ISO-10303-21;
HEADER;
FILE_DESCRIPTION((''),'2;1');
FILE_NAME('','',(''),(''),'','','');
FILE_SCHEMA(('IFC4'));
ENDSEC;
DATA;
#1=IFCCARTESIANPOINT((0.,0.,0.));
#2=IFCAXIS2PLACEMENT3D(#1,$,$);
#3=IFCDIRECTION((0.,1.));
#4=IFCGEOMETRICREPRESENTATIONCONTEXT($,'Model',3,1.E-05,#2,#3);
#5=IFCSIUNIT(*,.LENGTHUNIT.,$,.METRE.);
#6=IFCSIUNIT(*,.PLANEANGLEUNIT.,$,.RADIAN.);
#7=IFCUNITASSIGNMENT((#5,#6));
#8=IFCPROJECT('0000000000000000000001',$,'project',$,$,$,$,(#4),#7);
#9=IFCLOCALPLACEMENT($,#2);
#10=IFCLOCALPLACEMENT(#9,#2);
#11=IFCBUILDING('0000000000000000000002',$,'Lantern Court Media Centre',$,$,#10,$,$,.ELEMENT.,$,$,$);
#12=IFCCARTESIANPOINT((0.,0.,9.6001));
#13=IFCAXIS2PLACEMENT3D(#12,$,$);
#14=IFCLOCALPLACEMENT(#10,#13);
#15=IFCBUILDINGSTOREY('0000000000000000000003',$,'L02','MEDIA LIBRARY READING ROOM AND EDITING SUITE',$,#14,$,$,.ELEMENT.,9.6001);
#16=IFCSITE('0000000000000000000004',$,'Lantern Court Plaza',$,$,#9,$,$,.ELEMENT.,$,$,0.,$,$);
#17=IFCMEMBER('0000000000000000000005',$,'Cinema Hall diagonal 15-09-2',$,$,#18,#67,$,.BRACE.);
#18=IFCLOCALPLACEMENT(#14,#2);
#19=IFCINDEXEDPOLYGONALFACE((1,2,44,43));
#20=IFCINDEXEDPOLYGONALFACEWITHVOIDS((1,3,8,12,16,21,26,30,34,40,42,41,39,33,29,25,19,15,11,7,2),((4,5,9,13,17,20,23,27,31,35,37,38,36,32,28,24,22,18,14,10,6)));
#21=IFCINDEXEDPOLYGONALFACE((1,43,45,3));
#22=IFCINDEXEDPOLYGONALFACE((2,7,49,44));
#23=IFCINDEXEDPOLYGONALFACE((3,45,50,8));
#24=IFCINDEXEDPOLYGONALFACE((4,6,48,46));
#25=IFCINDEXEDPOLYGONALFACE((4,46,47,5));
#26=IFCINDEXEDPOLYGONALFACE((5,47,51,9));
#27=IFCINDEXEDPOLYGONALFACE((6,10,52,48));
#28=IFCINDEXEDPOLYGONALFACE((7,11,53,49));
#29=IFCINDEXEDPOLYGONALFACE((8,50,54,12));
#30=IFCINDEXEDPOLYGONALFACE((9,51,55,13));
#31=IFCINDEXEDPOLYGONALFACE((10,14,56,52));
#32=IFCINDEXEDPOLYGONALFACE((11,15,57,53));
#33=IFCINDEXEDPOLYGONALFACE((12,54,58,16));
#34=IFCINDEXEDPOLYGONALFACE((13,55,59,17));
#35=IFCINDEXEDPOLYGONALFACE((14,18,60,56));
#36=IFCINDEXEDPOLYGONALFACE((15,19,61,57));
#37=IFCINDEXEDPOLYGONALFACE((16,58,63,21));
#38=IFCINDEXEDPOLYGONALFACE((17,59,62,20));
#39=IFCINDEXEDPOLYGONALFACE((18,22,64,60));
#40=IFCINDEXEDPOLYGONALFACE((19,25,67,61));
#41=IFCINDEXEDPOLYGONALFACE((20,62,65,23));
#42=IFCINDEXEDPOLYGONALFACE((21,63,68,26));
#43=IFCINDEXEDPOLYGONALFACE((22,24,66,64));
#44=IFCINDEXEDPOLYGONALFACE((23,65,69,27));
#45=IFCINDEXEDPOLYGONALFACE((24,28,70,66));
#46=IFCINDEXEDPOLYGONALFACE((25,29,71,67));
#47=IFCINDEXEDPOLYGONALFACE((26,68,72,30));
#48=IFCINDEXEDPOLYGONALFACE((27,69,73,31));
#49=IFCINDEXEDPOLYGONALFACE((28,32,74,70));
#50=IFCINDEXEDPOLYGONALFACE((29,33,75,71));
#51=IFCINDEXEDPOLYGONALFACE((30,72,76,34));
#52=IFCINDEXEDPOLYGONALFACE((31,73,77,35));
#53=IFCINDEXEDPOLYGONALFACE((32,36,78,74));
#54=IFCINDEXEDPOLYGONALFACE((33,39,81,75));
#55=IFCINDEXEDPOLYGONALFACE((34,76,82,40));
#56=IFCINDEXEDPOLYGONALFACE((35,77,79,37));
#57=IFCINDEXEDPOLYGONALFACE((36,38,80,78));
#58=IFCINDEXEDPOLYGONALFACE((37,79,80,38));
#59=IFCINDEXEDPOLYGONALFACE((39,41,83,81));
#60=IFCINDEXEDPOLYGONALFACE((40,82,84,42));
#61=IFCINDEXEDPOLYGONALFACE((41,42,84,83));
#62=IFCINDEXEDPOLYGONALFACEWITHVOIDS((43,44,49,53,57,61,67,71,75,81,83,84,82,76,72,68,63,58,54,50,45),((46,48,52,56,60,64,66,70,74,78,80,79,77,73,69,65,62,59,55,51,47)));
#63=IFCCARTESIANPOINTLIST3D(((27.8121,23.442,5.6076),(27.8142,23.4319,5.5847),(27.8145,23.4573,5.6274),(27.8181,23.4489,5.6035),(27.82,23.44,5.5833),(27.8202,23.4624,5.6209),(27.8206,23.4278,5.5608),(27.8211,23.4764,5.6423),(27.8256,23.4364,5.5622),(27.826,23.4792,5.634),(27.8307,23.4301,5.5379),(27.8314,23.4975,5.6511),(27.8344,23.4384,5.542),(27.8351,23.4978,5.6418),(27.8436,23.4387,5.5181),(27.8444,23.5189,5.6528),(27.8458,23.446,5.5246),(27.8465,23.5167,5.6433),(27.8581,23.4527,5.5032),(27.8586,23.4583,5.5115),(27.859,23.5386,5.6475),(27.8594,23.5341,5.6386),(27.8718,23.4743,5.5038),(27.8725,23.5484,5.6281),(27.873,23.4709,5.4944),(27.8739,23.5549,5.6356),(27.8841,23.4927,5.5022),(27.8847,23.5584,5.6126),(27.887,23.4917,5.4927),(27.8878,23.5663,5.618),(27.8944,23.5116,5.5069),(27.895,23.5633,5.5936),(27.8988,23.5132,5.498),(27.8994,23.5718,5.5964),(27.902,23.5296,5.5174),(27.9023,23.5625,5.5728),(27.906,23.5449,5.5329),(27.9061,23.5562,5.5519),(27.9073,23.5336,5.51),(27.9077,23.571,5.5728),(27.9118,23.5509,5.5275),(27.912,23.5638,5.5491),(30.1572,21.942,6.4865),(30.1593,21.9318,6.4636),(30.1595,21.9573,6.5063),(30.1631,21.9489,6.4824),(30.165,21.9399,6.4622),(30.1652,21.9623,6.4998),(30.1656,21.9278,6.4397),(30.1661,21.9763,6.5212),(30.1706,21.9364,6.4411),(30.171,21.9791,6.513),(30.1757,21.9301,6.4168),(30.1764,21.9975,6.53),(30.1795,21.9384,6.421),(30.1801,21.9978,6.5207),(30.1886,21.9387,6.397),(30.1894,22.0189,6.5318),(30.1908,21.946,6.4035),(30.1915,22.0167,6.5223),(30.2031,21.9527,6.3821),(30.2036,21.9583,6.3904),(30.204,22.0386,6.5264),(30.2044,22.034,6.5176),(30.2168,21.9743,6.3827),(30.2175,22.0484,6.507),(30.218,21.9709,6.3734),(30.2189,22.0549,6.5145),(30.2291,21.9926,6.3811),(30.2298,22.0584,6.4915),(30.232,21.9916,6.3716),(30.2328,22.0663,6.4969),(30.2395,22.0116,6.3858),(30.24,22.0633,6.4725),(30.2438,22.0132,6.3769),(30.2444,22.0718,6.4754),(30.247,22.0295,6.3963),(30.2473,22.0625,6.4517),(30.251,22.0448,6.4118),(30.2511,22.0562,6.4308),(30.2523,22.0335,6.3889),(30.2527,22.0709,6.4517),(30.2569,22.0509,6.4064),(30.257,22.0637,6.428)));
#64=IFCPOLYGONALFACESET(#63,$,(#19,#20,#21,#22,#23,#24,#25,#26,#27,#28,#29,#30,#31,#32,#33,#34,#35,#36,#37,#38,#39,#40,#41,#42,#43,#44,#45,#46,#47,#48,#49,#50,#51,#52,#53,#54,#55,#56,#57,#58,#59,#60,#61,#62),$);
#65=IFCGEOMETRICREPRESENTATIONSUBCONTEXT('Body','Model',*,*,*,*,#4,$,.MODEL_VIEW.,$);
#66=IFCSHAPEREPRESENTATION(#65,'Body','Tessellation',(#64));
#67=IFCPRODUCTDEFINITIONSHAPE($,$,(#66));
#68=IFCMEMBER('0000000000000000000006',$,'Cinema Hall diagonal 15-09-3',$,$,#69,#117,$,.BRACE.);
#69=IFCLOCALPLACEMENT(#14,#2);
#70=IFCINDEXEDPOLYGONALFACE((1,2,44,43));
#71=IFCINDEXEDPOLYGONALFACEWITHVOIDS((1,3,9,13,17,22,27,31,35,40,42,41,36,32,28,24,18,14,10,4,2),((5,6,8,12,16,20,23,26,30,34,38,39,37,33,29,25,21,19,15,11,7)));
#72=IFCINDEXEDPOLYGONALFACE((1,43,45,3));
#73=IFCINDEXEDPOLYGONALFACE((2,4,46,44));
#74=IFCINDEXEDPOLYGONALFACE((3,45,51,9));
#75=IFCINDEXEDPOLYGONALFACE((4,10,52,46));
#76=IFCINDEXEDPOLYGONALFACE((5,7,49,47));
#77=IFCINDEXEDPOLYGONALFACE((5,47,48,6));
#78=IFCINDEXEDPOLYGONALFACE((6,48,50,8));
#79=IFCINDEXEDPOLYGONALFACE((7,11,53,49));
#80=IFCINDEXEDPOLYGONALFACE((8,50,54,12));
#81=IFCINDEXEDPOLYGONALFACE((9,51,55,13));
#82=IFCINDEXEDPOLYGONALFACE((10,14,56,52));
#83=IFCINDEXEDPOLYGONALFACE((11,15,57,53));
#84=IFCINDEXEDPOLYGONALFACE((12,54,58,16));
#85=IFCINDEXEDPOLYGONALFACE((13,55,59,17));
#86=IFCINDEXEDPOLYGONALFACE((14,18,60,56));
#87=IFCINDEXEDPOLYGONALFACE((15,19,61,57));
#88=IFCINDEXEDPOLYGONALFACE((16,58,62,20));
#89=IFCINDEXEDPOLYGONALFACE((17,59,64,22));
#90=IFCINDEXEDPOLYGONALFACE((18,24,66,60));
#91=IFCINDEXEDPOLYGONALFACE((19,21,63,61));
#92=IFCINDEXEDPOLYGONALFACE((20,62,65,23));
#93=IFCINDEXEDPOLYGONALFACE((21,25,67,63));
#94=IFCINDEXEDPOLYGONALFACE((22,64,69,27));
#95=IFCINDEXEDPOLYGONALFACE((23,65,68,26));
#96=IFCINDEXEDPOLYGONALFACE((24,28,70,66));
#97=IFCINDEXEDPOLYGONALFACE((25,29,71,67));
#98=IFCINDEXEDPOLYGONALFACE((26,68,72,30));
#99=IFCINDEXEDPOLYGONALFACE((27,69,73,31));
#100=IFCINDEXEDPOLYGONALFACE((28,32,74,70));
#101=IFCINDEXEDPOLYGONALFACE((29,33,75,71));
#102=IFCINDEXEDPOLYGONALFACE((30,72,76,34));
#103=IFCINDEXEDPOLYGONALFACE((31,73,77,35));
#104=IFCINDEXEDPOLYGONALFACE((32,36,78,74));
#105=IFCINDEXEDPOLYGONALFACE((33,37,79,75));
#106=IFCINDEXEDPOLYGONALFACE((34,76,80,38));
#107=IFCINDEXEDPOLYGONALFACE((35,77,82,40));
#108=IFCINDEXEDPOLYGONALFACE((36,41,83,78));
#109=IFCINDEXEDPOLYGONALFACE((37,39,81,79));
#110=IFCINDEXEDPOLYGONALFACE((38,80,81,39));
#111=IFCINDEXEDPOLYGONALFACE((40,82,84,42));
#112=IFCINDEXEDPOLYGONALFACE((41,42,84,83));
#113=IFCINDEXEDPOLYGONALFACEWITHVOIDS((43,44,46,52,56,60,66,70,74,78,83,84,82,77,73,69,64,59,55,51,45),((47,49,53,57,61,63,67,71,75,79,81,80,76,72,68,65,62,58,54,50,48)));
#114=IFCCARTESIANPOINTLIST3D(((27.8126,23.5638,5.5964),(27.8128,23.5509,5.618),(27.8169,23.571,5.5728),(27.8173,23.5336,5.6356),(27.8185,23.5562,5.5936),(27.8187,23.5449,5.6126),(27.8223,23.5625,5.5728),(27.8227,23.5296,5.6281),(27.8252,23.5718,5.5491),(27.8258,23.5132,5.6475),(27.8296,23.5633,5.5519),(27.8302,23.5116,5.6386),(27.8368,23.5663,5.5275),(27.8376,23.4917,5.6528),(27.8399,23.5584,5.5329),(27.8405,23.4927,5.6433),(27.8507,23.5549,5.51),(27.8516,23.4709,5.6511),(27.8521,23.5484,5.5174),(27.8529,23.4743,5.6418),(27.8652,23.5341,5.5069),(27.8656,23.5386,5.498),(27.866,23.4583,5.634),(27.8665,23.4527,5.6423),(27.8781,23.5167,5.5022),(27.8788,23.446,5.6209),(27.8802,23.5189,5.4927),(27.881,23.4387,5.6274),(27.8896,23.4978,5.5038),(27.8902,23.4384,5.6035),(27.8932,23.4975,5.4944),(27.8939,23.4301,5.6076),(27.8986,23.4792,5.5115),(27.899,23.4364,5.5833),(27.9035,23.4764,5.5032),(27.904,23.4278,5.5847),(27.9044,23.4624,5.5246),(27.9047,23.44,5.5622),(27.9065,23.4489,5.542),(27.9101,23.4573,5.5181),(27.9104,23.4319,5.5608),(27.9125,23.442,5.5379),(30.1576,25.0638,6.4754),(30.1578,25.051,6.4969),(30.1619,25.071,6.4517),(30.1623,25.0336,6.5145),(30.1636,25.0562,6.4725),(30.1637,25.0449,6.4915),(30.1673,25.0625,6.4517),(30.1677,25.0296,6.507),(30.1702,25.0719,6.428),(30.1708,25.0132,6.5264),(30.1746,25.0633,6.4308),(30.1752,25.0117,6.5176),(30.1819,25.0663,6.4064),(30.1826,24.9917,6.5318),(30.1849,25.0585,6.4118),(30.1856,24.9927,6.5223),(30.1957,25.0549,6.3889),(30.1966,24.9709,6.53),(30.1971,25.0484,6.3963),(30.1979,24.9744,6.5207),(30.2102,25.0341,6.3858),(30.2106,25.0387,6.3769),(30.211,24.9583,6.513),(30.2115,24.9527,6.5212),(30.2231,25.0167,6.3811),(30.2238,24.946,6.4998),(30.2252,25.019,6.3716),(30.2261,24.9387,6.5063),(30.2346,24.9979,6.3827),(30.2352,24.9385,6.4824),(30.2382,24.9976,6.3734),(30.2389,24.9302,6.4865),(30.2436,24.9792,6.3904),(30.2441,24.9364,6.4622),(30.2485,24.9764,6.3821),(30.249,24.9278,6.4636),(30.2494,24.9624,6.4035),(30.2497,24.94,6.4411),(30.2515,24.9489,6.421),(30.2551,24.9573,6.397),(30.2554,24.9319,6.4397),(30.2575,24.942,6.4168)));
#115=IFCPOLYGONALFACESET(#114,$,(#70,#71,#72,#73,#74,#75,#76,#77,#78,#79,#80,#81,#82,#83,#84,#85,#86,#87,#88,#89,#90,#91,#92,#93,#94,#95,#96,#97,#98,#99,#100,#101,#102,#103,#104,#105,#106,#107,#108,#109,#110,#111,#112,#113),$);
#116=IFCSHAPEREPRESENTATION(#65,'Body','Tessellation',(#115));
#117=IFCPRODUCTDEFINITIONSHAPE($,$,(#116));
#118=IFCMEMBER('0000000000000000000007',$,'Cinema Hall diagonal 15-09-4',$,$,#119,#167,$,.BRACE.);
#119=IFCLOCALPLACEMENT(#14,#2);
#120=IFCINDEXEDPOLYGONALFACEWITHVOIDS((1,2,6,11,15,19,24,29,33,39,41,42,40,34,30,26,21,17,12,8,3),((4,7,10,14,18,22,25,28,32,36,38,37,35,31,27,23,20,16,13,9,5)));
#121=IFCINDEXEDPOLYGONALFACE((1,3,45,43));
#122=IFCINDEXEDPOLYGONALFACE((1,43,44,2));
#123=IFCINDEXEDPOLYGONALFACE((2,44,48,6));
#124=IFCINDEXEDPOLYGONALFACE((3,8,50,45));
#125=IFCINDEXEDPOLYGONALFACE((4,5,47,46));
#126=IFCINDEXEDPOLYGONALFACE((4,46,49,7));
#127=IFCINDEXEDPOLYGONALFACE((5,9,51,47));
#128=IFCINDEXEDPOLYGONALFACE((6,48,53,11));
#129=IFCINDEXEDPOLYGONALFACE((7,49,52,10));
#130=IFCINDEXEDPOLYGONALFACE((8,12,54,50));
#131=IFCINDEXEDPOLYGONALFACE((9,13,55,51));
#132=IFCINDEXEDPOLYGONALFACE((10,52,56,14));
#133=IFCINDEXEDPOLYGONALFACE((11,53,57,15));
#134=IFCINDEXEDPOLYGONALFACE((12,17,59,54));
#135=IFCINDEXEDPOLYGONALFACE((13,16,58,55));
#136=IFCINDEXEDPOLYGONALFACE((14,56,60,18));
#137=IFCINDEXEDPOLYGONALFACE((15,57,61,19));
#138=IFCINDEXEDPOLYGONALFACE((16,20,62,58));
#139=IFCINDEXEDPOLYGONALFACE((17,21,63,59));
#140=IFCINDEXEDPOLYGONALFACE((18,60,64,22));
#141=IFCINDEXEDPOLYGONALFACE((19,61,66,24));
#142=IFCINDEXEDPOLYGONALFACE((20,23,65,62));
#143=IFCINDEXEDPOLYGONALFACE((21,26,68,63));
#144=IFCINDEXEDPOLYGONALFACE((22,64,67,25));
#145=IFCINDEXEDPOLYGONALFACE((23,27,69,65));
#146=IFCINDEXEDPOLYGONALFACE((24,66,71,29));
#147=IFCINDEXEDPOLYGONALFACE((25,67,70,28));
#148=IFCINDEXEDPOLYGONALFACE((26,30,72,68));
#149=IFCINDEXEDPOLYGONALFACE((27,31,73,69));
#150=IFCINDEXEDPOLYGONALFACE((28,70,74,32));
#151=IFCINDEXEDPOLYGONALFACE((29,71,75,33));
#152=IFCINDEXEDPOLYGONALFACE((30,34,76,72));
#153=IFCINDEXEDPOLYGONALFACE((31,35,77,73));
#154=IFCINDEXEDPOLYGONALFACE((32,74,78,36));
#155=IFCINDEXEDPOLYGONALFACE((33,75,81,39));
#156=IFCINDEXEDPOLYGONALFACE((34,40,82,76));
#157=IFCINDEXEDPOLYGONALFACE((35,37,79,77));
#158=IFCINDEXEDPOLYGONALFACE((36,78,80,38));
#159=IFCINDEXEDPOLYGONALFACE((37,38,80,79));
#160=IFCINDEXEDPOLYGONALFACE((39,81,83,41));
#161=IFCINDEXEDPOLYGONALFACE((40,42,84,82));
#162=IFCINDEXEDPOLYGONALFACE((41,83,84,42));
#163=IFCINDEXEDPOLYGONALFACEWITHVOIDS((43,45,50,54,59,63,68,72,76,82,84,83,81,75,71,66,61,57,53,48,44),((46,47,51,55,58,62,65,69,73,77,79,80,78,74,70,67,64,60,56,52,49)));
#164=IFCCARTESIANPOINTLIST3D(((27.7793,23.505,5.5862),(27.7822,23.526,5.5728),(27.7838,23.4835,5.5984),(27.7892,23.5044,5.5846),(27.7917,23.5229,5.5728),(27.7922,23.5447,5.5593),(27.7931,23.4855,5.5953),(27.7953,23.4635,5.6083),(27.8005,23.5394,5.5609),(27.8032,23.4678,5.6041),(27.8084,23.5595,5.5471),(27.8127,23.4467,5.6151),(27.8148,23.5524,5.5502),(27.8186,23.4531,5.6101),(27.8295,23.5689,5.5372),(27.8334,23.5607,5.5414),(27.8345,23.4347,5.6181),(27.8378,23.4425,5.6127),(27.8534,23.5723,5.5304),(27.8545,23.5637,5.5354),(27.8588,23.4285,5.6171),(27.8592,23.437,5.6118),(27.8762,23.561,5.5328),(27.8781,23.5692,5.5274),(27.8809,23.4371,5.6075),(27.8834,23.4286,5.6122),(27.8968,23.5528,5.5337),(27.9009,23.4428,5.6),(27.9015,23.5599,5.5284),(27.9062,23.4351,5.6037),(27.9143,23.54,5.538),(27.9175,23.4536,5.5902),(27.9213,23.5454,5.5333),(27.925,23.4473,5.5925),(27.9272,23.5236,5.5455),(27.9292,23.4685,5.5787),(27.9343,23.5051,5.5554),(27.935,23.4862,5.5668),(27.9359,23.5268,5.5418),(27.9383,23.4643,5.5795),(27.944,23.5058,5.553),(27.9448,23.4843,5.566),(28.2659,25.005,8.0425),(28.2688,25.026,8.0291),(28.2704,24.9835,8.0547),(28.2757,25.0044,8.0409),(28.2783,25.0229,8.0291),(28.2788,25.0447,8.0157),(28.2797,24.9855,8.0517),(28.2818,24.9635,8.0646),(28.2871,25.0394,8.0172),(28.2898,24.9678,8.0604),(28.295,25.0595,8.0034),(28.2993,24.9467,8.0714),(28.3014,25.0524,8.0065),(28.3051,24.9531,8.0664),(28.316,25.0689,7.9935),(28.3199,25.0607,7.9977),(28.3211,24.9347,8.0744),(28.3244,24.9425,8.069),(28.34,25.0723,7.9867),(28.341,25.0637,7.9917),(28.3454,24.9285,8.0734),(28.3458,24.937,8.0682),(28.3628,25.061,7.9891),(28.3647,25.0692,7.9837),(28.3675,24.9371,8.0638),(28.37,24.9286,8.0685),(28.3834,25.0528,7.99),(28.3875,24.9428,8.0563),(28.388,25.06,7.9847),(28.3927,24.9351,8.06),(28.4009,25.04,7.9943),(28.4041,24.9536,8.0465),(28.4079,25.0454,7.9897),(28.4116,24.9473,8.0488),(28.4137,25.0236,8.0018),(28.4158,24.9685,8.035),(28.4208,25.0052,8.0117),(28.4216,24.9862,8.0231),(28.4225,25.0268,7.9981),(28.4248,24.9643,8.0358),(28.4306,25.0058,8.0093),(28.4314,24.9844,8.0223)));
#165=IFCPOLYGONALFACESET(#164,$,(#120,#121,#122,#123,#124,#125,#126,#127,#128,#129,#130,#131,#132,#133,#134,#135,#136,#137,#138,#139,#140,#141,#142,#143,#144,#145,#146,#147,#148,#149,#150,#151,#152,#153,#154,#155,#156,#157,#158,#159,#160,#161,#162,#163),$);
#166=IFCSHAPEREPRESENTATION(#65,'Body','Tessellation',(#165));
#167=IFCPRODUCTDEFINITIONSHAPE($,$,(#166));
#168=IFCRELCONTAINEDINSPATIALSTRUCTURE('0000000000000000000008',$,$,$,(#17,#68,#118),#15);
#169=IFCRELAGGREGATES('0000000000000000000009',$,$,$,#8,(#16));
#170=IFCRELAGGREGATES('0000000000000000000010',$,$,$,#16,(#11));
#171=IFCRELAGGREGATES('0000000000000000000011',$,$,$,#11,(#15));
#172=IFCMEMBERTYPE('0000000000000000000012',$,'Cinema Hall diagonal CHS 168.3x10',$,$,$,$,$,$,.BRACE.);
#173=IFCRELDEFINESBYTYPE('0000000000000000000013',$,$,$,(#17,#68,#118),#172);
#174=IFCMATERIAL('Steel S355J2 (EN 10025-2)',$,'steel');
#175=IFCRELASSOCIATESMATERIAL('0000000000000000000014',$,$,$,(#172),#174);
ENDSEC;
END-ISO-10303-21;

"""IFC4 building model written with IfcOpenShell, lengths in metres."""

from ifc_helpers import new_model, si_unit, direction, frame, origin, origin_2d, place, context, subcontext, project, spatial, hollow_circle, extrude, material, material_profile, profile_set, type_object, element, save


model = new_model("IFC4")

# Units and contexts
model_context = context("Model", 3, precision=1e-05, world=origin(), true_north=direction((0.0, 1.0)))
body_context = subcontext(model_context, "Body", "Model", "MODEL_VIEW")
ifc_project = project(units=[si_unit("LENGTHUNIT", "METRE"), si_unit("PLANEANGLEUNIT", "RADIAN")], contexts=[model_context])

# Site, building, storey
site_placement = place(None, origin())
site = spatial("IfcSite", under=ifc_project, at=site_placement, Name="Lantern Court Plaza", CompositionType="ELEMENT", RefElevation=0.0)
building_placement = place(site_placement, origin())
building = spatial("IfcBuilding", under=site, at=building_placement, Name="Lantern Court Media Centre", CompositionType="ELEMENT")
storey_placement = place(building_placement, frame((0.0, 0.0, 9.6001)))
storey = spatial("IfcBuildingStorey", under=building, at=storey_placement, Name="L02", Description="MEDIA LIBRARY READING ROOM AND EDITING SUITE", CompositionType="ELEMENT", Elevation=9.6001)

# Members
ifc_material = material(Name="Steel S355J2 (EN 10025-2)", Category="steel")
ifc_material_profile_1 = material_profile(ifc_material, hollow_circle(Radius=0.0842, WallThickness=0.01, at=origin_2d()), Name="Cinema Hall diagonal CHS 168.3x10")
ifc_profile_set_1 = profile_set([ifc_material_profile_1], Name="Steel S355J2 (EN 10025-2)")
member_type_1 = type_object("IfcMemberType", Name="Cinema Hall diagonal CHS 168.3x10", PredefinedType="BRACE", material=ifc_profile_set_1)
for number, where, z_axis, x_axis, name in (
    (1, (27.8623, 23.5, 5.5728), (0.803309, -0.51385, 0.301084), (0.538855, 0.842399, 0.0), "Cinema Hall diagonal 15-09-2"),
    (2, (27.8623, 23.5, 5.5728), (0.803309, 0.51385, 0.301084), (-0.538855, 0.842399, 0.0), "Cinema Hall diagonal 15-09-3"),
):
    element("IfcMember", number, at=place(storey_placement, frame(where, z_axis=z_axis, x_axis=x_axis)), inside=storey, type_object=member_type_1, Name=name, PredefinedType="BRACE", context=body_context, shape_type="SweptSolid", body=[
        extrude(hollow_circle(Radius=0.0842, WallThickness=0.01, at=origin_2d()), origin(), (0.0, 0.0, 1.0), 2.9192),
    ])
for number, where, z_axis, x_axis, name in (
    (3, (27.8623, 23.5, 5.5728), (0.166695, 0.513887, 0.841506), (-0.951207, 0.308554, 0.0), "Cinema Hall diagonal 15-09-4"),
):
    element("IfcMember", number, at=place(storey_placement, frame(where, z_axis=z_axis, x_axis=x_axis)), inside=storey, type_object=member_type_1, Name=name, PredefinedType="BRACE", context=body_context, shape_type="SweptSolid", body=[
        extrude(hollow_circle(Radius=0.0842, WallThickness=0.01, at=origin_2d()), origin(), (0.0, 0.0, 1.0), 2.9189),
    ])

save(model, "model.ifc")
